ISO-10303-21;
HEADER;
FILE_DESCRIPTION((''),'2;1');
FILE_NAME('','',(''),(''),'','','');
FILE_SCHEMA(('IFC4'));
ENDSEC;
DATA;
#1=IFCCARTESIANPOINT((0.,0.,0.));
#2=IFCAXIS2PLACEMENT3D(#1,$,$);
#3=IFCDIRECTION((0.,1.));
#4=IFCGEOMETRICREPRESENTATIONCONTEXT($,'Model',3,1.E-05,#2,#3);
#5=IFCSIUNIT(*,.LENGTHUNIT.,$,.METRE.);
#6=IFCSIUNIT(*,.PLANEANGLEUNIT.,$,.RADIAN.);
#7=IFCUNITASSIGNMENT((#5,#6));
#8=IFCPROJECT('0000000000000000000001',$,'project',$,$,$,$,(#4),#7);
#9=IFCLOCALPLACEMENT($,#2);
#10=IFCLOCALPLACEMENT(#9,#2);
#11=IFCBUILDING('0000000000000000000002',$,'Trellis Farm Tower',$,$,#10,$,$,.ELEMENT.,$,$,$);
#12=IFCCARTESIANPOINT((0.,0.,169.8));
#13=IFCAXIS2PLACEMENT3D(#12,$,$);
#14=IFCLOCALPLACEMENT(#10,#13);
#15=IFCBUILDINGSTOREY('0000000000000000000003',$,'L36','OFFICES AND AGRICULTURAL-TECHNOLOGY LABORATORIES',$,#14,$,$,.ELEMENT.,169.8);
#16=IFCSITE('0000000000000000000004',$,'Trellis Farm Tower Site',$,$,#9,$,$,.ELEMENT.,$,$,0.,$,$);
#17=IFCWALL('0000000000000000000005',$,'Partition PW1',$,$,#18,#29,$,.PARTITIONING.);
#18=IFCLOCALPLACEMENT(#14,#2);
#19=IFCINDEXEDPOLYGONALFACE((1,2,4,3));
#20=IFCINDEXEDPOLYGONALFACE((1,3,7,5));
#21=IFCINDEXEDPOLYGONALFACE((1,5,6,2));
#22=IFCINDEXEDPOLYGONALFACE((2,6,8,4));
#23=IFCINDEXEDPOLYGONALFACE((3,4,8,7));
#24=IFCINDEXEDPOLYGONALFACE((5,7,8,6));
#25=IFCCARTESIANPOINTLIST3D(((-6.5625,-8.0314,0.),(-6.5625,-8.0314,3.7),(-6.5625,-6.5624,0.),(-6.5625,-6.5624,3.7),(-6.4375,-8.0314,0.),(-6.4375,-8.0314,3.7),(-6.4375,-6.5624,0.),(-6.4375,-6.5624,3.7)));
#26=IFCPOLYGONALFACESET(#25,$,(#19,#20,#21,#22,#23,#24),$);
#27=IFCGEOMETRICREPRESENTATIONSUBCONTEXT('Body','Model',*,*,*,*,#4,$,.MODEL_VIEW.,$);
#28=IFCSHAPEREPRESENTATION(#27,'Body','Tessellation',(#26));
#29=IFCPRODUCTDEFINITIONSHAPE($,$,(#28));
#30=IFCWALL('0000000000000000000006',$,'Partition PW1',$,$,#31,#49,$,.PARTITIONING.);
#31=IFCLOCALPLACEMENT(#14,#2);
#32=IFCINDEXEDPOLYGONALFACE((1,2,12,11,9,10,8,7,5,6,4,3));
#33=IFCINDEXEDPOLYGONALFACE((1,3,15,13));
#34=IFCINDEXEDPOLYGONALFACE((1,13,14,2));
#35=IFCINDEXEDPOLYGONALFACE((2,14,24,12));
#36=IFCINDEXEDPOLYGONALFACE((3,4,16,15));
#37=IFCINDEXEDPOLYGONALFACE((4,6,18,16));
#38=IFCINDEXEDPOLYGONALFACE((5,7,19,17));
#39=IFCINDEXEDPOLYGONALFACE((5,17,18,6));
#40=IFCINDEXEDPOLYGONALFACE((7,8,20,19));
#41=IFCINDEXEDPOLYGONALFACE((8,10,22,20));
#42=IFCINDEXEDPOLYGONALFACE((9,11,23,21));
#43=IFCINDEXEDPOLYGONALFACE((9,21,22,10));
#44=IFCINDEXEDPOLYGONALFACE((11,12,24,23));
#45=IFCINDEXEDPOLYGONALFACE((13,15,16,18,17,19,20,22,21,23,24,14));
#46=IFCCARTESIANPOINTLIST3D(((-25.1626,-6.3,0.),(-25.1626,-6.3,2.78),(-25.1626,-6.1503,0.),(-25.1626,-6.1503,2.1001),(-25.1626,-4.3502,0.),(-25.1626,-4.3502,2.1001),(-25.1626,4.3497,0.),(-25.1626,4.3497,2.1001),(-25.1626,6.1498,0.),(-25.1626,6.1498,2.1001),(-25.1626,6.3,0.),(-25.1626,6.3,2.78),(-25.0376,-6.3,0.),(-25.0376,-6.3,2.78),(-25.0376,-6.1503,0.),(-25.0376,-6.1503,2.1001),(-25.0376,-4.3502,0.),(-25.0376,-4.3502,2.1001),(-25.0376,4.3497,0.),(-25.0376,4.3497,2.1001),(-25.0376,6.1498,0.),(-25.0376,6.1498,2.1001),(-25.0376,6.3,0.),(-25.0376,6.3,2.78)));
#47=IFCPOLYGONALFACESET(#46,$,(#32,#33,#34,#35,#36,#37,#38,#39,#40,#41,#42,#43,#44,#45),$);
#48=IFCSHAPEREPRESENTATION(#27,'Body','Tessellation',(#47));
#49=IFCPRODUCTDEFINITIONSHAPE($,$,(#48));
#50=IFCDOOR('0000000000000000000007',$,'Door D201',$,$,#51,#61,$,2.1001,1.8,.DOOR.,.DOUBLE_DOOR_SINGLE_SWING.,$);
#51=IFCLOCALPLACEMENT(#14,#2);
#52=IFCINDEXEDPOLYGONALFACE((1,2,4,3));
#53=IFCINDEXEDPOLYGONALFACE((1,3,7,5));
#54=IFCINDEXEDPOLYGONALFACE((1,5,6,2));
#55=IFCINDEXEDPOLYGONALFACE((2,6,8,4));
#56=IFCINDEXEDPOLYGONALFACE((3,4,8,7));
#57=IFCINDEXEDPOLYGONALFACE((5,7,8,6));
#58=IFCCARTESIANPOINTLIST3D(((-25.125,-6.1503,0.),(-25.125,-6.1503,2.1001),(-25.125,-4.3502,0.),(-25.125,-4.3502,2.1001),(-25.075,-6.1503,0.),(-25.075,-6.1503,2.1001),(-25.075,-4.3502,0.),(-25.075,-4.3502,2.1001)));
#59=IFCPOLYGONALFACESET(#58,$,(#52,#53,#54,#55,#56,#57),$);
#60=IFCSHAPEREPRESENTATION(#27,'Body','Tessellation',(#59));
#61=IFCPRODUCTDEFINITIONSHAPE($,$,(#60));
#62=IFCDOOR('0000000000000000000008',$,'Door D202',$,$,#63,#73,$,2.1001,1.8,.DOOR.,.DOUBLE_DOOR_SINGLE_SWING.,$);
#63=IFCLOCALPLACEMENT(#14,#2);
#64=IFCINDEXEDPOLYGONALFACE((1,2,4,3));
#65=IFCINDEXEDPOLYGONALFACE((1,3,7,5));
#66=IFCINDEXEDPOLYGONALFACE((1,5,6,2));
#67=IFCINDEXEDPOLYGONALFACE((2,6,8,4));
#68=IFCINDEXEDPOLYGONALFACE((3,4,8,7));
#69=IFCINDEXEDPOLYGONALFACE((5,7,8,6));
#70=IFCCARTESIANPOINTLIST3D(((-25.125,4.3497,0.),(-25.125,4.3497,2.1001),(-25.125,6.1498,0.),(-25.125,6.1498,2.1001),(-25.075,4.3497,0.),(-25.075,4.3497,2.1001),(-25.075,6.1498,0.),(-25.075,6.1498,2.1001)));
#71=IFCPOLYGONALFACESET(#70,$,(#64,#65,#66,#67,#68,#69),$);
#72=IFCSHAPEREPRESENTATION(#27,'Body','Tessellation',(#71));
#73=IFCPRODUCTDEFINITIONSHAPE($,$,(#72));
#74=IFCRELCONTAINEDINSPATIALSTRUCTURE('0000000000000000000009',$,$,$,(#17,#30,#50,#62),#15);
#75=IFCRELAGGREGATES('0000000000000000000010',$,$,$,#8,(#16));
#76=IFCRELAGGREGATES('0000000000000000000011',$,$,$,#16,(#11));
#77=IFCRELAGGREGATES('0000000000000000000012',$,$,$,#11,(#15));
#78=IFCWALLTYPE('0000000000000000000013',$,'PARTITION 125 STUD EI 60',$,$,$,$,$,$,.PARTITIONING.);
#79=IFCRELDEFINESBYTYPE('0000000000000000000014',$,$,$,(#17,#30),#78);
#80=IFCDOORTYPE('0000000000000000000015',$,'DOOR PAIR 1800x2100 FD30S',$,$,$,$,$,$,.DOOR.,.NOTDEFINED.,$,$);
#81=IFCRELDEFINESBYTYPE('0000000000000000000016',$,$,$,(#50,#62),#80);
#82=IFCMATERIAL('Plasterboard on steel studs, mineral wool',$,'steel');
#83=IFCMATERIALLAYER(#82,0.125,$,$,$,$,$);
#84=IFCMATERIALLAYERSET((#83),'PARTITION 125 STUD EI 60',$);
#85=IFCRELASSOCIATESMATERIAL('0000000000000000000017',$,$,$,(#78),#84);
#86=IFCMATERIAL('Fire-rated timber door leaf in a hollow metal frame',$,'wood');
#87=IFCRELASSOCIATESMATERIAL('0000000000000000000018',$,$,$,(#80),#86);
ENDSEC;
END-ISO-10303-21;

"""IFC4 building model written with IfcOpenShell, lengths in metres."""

from ifc_helpers import new_model, si_unit, direction, frame, frame_2d, origin, place, context, subcontext, project, spatial, rectangle, extrude, source, transform, mapped, material, layer, layer_set, type_object, element, fill, save


model = new_model("IFC4")

# Units and contexts
model_context = context("Model", 3, precision=1e-05, world=origin(), true_north=direction((0.0, 1.0)))
body_context = subcontext(model_context, "Body", "Model", "MODEL_VIEW")
ifc_project = project(units=[si_unit("LENGTHUNIT", "METRE"), si_unit("PLANEANGLEUNIT", "RADIAN")], contexts=[model_context])

# Site, building, storey
site_placement = place(None, origin())
site = spatial("IfcSite", under=ifc_project, at=site_placement, Name="Trellis Farm Tower Site", CompositionType="ELEMENT", RefElevation=0.0)
building_placement = place(site_placement, origin())
building = spatial("IfcBuilding", under=site, at=building_placement, Name="Trellis Farm Tower", CompositionType="ELEMENT")
storey_placement = place(building_placement, frame((0.0, 0.0, 169.8)))
storey = spatial("IfcBuildingStorey", under=building, at=storey_placement, Name="L36", Description="OFFICES AND AGRICULTURAL-TECHNOLOGY LABORATORIES", CompositionType="ELEMENT", Elevation=169.8)

# Wall
ifc_material_1 = material(Name="Plasterboard on steel studs, mineral wool", Category="steel")
ifc_layer_1 = layer(ifc_material_1, 0.125)
ifc_layer_set_1 = layer_set([ifc_layer_1], Name="PARTITION 125 STUD EI 60")
wall_type = type_object("IfcWallType", Name="PARTITION 125 STUD EI 60", PredefinedType="PARTITIONING", material=ifc_layer_set_1)
shared_shape_1 = source(origin(), body_context, "Body", "SweptSolid", [
    extrude(rectangle(XDim=1.469, YDim=0.125, at=frame_2d((0.7344, 0.0))), origin(), (0.0, 0.0, 1.0), 3.7),
])
wall_1_placement = place(storey_placement, frame((-6.5, -6.5625, 0.0), z_axis=(0.0, 0.0, 1.0), x_axis=(0.0, -1.0, 0.0)))
element("IfcWall", 1, at=wall_1_placement, inside=storey, type_object=wall_type, Name="Partition PW1", PredefinedType="PARTITIONING", context=body_context, shape_type="MappedRepresentation", body=[
    mapped(shared_shape_1, transform((0.0, 0.0, 0.0))),
])

# Wall, openings, doors
shared_shape_2 = source(origin(), body_context, "Body", "SweptSolid", [
    extrude(rectangle(XDim=12.6001, YDim=0.125, at=frame_2d((6.3, 0.0))), origin(), (0.0, 0.0, 1.0), 2.78),
])
wall_2_placement = place(storey_placement, frame((-25.1001, -6.3, 0.0), z_axis=(0.0, 0.0, 1.0), x_axis=(0.0, 1.0, 0.0)))
wall_2 = element("IfcWall", 2, at=wall_2_placement, inside=storey, type_object=wall_type, Name="Partition PW1", PredefinedType="PARTITIONING", context=body_context, shape_type="MappedRepresentation", body=[
    mapped(shared_shape_2, transform((0.0, 0.0, 0.0))),
])
shared_shape_3 = source(origin(), body_context, "Body", "SweptSolid", [
    extrude(rectangle(XDim=1.8, YDim=2.1001, at=frame_2d((0.8999, 1.05))), frame((0.0, 0.0725, 0.0), z_axis=(0.0, -1.0, 0.0), x_axis=(1.0, 0.0, 0.0)), (0.0, 0.0, 1.0), 0.145),
])
opening_1_placement = place(wall_2_placement, frame((0.1499, 0.0, 0.0)))
opening_1 = element("IfcOpeningElement", 3, at=opening_1_placement, cuts=wall_2, PredefinedType="OPENING", context=body_context, shape_type="MappedRepresentation", body=[
    mapped(shared_shape_3, transform((0.0, 0.0, 0.0))),
])
opening_2_placement = place(wall_2_placement, frame((10.6499, 0.0, 0.0)))
opening_2 = element("IfcOpeningElement", 4, at=opening_2_placement, cuts=wall_2, PredefinedType="OPENING", context=body_context, shape_type="MappedRepresentation", body=[
    mapped(shared_shape_3, transform((0.0, 0.0, 0.0))),
])
ifc_material_2 = material(Name="Fire-rated timber door leaf in a hollow metal frame", Category="wood")
door_type = type_object("IfcDoorType", Name="DOOR PAIR 1800x2100 FD30S", OperationType="NOTDEFINED", PredefinedType="DOOR", material=ifc_material_2)
shared_shape_4 = source(origin(), body_context, "Body", "SweptSolid", [
    extrude(rectangle(XDim=1.8, YDim=2.1001, at=frame_2d((0.8999, 1.05))), frame((0.0, 0.0249, 0.0), z_axis=(0.0, -1.0, 0.0), x_axis=(1.0, 0.0, 0.0)), (0.0, 0.0, 1.0), 0.05),
])
door_1_placement = place(opening_1_placement, origin())
door_1 = element("IfcDoor", 5, at=door_1_placement, inside=storey, type_object=door_type, Name="Door D201", OperationType="DOUBLE_DOOR_SINGLE_SWING", OverallHeight=2.1001, OverallWidth=1.8, PredefinedType="DOOR", context=body_context, shape_type="MappedRepresentation", body=[
    mapped(shared_shape_4, transform((0.0, 0.0, 0.0))),
])
fill(opening_1, door_1)
door_2_placement = place(opening_2_placement, origin())
door_2 = element("IfcDoor", 6, at=door_2_placement, inside=storey, type_object=door_type, Name="Door D202", OperationType="DOUBLE_DOOR_SINGLE_SWING", OverallHeight=2.1001, OverallWidth=1.8, PredefinedType="DOOR", context=body_context, shape_type="MappedRepresentation", body=[
    mapped(shared_shape_4, transform((0.0, 0.0, 0.0))),
])
fill(opening_2, door_2)

save(model, "model.ifc")
